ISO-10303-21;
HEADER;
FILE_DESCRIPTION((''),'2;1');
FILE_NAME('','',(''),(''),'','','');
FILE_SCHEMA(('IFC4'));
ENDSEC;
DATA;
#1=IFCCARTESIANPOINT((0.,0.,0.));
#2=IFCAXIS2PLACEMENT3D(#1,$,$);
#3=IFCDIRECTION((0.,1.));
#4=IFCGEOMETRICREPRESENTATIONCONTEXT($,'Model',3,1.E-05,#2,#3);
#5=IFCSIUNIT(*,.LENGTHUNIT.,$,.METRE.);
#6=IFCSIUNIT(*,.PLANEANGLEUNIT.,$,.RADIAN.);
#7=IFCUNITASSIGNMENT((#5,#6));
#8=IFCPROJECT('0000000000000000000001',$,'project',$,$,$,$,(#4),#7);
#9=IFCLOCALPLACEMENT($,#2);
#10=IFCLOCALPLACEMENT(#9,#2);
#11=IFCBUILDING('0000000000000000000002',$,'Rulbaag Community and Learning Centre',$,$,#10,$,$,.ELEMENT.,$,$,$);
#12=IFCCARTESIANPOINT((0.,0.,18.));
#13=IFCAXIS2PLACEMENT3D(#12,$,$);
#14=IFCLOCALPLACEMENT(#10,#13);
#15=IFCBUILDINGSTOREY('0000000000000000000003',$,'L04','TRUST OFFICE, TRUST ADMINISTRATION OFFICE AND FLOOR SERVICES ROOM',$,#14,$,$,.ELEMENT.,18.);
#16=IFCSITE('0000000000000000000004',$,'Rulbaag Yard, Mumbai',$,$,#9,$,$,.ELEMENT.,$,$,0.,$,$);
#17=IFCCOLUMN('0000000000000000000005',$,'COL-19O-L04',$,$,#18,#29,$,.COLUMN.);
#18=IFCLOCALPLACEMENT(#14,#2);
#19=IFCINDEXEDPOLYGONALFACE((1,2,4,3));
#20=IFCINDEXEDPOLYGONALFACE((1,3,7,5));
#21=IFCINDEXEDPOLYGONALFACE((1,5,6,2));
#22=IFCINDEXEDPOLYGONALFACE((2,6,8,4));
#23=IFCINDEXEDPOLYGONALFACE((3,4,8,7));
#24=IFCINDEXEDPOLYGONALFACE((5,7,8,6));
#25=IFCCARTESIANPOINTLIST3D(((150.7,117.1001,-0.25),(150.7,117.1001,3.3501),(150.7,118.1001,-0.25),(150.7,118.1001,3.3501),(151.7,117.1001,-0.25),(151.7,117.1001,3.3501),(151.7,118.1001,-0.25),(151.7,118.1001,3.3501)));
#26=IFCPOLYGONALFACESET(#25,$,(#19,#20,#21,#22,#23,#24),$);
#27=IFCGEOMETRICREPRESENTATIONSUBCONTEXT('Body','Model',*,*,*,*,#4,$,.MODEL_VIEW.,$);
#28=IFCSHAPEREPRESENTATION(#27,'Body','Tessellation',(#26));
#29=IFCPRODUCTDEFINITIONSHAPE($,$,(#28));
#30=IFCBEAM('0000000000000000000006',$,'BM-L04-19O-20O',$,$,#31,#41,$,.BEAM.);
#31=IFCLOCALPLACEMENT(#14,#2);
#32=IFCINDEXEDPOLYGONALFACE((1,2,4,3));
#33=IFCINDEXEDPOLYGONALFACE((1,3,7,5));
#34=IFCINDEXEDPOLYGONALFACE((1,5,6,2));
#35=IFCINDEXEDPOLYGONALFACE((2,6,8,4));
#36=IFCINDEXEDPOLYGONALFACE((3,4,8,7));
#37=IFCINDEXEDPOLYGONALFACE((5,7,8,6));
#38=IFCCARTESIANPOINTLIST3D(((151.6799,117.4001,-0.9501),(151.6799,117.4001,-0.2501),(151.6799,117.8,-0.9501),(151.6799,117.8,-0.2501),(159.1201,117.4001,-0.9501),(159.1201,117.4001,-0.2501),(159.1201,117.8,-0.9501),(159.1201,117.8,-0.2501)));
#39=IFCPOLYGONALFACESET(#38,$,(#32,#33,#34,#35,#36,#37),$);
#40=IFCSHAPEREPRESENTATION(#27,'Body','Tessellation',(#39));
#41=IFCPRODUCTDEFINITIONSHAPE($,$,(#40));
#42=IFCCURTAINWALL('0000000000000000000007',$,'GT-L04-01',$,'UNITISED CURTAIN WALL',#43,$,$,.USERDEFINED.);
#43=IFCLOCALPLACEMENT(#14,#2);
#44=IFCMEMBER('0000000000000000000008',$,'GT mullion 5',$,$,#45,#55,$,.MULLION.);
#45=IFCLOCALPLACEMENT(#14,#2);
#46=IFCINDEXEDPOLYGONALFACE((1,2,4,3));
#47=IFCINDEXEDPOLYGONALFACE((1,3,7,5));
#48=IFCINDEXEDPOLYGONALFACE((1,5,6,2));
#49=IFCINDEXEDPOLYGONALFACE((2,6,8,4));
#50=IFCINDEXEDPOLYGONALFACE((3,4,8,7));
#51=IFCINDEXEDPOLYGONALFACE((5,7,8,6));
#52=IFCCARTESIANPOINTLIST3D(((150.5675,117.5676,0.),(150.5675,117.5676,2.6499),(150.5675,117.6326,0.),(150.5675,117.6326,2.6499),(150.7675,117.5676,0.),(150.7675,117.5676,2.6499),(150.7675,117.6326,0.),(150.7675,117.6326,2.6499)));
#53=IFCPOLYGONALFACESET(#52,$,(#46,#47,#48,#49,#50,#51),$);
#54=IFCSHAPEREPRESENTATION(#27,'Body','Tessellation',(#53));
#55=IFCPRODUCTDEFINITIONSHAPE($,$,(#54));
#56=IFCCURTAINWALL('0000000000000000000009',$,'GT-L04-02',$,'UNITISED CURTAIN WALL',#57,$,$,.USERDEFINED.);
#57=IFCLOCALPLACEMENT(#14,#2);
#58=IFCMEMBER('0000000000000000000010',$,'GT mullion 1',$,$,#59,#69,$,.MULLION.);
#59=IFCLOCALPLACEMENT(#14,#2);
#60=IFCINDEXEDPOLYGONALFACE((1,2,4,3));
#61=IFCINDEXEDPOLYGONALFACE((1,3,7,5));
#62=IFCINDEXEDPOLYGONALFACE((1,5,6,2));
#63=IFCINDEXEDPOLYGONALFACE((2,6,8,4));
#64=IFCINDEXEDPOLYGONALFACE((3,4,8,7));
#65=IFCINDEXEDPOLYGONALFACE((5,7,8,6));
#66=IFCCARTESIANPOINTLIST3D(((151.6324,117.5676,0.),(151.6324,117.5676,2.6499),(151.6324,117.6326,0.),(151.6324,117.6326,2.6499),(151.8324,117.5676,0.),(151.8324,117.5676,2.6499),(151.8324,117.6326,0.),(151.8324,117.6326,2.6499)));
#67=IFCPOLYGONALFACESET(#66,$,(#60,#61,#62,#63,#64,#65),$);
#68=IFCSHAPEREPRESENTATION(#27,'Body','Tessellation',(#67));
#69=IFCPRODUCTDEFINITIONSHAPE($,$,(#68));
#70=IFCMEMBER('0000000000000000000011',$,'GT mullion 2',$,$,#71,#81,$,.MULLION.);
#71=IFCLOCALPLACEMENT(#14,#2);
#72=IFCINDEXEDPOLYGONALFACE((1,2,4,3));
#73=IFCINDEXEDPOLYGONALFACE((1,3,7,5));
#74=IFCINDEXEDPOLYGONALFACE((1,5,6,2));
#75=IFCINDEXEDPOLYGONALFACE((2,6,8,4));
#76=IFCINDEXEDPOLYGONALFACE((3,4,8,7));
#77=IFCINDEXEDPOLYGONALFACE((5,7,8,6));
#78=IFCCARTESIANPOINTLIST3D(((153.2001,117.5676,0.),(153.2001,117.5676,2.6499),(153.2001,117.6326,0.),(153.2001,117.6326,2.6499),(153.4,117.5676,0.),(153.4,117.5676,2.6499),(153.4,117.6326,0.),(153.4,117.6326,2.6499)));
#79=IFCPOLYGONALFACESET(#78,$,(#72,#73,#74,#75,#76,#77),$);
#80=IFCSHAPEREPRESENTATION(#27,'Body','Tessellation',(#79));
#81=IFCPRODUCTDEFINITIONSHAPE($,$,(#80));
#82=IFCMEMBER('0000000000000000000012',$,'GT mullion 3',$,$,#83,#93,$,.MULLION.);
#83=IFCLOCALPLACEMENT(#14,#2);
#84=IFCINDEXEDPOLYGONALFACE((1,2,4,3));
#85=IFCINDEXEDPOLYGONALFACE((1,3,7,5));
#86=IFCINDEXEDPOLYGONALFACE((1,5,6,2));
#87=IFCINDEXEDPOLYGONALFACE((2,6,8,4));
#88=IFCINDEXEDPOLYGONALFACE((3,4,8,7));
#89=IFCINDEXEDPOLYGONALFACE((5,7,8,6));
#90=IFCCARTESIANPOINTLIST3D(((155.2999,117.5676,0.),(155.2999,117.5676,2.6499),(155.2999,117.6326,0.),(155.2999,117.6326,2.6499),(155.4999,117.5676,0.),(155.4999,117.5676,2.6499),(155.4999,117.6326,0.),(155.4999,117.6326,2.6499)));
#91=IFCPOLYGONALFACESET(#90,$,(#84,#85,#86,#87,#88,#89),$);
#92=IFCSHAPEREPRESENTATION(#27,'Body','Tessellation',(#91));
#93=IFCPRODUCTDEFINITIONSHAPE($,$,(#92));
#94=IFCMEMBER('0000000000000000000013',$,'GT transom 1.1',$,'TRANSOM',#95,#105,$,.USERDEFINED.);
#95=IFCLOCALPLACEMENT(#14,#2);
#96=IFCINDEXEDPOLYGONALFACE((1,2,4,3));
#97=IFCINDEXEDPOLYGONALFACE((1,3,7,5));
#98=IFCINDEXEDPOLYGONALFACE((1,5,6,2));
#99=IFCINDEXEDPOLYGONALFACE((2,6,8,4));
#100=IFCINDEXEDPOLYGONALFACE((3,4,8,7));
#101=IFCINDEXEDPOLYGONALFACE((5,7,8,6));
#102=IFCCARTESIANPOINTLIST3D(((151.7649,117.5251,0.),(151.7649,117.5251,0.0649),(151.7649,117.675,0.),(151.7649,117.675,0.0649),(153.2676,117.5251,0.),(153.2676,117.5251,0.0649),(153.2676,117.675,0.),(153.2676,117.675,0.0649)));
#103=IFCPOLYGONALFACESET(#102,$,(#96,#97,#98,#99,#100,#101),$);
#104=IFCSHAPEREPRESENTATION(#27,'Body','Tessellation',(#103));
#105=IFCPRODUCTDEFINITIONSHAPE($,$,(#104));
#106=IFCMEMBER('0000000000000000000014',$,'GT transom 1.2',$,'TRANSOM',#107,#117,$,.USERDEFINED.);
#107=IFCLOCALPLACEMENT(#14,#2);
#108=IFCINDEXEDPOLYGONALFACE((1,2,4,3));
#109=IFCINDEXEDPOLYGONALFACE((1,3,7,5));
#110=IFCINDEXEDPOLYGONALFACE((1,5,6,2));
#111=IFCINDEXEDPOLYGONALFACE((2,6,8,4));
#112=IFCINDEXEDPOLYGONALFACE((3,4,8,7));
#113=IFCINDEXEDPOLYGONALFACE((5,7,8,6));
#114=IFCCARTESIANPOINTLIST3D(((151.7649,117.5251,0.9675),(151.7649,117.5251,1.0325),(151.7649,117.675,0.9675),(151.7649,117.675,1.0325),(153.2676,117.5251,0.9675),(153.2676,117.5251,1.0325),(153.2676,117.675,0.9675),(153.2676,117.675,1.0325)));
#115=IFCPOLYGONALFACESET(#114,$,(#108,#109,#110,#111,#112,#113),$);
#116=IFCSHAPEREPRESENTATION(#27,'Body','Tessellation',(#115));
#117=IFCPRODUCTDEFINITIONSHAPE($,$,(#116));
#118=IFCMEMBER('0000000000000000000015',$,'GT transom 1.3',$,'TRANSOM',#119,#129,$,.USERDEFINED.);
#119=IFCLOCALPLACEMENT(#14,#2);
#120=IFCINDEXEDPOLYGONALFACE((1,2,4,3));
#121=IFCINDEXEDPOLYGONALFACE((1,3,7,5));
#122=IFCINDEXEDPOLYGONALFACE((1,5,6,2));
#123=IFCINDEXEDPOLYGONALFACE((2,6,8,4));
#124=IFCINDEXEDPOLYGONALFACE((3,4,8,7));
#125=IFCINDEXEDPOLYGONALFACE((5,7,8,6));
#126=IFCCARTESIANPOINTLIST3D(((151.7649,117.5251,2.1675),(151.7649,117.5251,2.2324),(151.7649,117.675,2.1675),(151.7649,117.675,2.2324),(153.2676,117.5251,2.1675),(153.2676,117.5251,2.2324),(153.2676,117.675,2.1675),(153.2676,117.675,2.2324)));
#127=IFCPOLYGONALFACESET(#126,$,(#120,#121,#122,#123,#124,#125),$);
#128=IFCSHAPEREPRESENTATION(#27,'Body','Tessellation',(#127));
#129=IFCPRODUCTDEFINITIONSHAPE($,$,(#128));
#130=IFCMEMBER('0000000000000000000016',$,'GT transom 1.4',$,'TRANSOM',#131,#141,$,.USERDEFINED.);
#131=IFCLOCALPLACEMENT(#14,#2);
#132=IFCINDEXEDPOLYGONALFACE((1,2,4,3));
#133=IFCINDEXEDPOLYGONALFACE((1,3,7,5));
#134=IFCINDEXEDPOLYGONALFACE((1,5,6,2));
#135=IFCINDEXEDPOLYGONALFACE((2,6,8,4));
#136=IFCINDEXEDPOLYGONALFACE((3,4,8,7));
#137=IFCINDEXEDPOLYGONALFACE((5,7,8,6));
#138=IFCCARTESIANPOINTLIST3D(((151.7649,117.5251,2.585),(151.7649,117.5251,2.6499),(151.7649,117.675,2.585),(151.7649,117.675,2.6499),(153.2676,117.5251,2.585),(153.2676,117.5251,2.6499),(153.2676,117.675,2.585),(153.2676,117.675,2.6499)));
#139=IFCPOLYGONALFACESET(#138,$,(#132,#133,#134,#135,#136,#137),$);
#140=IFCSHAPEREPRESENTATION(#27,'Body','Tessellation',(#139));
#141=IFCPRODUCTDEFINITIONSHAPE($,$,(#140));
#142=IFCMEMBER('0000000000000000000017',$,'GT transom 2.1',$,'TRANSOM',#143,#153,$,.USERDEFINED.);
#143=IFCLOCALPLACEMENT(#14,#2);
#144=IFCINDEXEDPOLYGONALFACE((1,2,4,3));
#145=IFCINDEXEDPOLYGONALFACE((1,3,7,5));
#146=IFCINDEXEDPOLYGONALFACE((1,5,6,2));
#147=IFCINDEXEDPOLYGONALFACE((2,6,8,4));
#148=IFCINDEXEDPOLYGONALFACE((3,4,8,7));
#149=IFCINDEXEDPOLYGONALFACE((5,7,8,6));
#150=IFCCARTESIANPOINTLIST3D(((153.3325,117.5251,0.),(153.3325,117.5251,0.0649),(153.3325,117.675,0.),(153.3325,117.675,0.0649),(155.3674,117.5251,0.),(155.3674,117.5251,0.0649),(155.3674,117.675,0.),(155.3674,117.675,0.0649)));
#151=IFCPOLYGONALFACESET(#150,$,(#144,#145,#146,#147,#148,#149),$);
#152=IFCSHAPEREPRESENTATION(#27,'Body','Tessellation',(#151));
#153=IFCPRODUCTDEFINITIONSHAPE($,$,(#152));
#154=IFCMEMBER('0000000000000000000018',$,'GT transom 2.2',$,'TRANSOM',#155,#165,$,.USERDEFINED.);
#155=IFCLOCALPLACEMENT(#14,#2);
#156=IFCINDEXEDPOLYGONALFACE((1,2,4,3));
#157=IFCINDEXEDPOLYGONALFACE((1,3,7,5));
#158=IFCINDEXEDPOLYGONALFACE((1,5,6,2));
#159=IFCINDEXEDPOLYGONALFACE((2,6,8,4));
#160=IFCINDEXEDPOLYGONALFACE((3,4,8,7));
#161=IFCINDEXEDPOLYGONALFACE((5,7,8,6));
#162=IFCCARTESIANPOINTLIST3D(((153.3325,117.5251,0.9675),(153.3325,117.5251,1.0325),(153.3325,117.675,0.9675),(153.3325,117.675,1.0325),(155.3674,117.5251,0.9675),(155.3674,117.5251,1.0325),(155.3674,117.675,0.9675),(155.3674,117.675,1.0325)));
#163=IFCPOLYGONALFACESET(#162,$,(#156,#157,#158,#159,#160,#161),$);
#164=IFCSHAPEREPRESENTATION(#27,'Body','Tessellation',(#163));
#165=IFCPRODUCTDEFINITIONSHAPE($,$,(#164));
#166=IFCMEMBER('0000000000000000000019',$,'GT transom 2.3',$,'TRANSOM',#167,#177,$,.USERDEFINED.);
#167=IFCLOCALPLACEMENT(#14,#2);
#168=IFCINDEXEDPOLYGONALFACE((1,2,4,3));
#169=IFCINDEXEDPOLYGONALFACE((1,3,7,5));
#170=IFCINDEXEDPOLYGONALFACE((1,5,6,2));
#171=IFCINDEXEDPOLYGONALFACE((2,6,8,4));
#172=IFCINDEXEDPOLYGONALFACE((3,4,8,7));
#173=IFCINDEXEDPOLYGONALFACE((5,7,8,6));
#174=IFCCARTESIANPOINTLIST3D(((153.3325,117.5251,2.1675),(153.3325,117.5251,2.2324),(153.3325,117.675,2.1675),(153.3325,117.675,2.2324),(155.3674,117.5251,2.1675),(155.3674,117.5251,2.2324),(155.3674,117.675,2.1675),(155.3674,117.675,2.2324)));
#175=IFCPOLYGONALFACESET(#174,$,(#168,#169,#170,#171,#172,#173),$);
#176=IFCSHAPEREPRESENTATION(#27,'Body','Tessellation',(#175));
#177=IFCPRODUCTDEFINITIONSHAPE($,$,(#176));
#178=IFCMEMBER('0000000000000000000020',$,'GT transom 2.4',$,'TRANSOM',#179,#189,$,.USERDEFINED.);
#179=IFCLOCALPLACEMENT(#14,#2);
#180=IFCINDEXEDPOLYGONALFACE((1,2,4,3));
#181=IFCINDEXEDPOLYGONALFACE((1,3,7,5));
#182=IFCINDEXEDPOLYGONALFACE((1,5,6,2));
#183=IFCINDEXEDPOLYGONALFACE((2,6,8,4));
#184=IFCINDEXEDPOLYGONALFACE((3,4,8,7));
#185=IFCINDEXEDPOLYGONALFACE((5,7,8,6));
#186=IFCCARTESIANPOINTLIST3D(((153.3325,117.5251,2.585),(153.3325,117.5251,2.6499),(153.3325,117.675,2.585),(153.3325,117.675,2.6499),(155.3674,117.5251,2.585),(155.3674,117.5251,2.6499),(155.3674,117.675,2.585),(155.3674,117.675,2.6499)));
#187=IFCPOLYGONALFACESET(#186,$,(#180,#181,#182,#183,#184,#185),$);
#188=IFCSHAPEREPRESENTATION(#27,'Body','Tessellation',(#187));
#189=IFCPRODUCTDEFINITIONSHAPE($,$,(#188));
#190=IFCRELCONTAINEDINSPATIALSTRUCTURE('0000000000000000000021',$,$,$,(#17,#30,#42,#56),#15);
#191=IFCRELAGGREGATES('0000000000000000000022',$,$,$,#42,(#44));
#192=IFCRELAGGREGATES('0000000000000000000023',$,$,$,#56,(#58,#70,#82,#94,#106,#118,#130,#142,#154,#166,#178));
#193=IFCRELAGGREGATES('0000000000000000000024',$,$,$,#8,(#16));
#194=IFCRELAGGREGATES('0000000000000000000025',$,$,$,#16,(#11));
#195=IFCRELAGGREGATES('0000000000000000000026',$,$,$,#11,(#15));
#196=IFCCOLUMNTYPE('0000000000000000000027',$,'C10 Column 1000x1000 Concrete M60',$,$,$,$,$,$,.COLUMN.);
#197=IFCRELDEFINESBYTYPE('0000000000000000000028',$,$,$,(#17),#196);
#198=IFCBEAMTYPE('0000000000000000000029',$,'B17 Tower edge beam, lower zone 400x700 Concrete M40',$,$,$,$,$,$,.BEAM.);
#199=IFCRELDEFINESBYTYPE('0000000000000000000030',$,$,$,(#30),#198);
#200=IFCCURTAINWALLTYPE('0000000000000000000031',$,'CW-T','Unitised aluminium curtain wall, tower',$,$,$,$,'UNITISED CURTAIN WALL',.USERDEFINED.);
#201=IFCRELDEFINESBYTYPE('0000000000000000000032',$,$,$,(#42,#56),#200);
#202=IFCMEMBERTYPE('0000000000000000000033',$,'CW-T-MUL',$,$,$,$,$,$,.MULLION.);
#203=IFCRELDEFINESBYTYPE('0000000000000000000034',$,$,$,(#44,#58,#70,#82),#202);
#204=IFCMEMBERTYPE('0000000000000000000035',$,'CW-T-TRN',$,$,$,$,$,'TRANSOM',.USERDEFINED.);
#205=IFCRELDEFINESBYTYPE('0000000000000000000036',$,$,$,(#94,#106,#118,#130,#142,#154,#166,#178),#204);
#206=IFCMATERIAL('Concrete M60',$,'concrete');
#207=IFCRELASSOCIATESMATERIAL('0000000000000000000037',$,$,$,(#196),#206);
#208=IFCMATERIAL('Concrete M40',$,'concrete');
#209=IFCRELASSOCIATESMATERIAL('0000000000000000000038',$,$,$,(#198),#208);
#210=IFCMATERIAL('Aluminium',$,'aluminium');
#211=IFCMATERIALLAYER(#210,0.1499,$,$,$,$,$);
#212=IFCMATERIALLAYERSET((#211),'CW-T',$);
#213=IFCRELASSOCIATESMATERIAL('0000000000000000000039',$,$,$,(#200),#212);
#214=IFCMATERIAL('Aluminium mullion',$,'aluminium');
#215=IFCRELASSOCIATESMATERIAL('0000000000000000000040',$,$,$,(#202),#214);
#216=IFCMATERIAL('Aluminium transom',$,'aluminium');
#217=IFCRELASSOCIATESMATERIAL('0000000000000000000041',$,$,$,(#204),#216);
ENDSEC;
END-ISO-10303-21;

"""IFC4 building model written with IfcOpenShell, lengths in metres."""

from ifc_helpers import new_model, si_unit, direction, frame, origin, origin_2d, place, context, subcontext, project, spatial, rectangle, extrude, material, layer, layer_set, material_profile, profile_set, type_object, element, aggregate, save


model = new_model("IFC4")

# Units and contexts
model_context = context("Model", 3, precision=1e-05, world=origin(), true_north=direction((0.0, 1.0)))
body_context = subcontext(model_context, "Body", "Model", "MODEL_VIEW")
ifc_project = project(units=[si_unit("LENGTHUNIT", "METRE"), si_unit("PLANEANGLEUNIT", "RADIAN")], contexts=[model_context])

# Site, building, storey
site_placement = place(None, origin())
site = spatial("IfcSite", under=ifc_project, at=site_placement, Name="Rulbaag Yard, Mumbai", CompositionType="ELEMENT", RefElevation=0.0)
building_placement = place(site_placement, origin())
building = spatial("IfcBuilding", under=site, at=building_placement, Name="Rulbaag Community and Learning Centre", CompositionType="ELEMENT")
storey_placement = place(building_placement, frame((0.0, 0.0, 18.0)))
storey = spatial("IfcBuildingStorey", under=building, at=storey_placement, Name="L04", Description="TRUST OFFICE, TRUST ADMINISTRATION OFFICE AND FLOOR SERVICES ROOM", CompositionType="ELEMENT", Elevation=18.0)

# Column
ifc_material_1 = material(Name="Concrete M60", Category="concrete")
ifc_material_profile_1 = material_profile(ifc_material_1, rectangle(XDim=1.0, YDim=1.0, at=origin_2d()), Name="RC1000x1000")
ifc_profile_set_1 = profile_set([ifc_material_profile_1], Name="Concrete M60")
column_type = type_object("IfcColumnType", Name="C10 Column 1000x1000 Concrete M60", PredefinedType="COLUMN", material=ifc_profile_set_1)
column_placement = place(storey_placement, frame((151.2, 117.6001, -0.25), z_axis=(0.0, 0.0, 1.0), x_axis=(1.0, 0.0, 0.0)))
element("IfcColumn", 1, at=column_placement, inside=storey, type_object=column_type, Name="COL-19O-L04", PredefinedType="COLUMN", context=body_context, shape_type="SweptSolid", body=[
    extrude(rectangle(XDim=1.0, YDim=1.0, at=origin_2d()), origin(), (0.0, 0.0, 1.0), 3.6001),
])

# Beam
ifc_material_2 = material(Name="Concrete M40", Category="concrete")
ifc_material_profile_2 = material_profile(ifc_material_2, rectangle(XDim=0.3999, YDim=0.7, at=origin_2d()), Name="RB400x700")
ifc_profile_set_2 = profile_set([ifc_material_profile_2], Name="Concrete M40")
beam_type = type_object("IfcBeamType", Name="B17 Tower edge beam, lower zone 400x700 Concrete M40", PredefinedType="BEAM", material=ifc_profile_set_2)
beam_placement = place(storey_placement, frame((151.6799, 117.6001, -0.6001), z_axis=(1.0, 0.0, 0.0), x_axis=(0.0, 1.0, 0.0)))
element("IfcBeam", 2, at=beam_placement, inside=storey, type_object=beam_type, Name="BM-L04-19O-20O", PredefinedType="BEAM", context=body_context, shape_type="SweptSolid", body=[
    extrude(rectangle(XDim=0.3999, YDim=0.7, at=origin_2d()), origin(), (0.0, 0.0, 1.0), 7.4402),
])

# Curtain wall, member
ifc_material_3 = material(Name="Aluminium", Category="aluminium")
ifc_layer_1 = layer(ifc_material_3, 0.1499)
ifc_layer_set_1 = layer_set([ifc_layer_1], Name="CW-T")
curtain_wall_type = type_object("IfcCurtainWallType", Name="CW-T", Description="Unitised aluminium curtain wall, tower", ElementType="UNITISED CURTAIN WALL", PredefinedType="USERDEFINED", material=ifc_layer_set_1)
curtain_wall_1_placement = place(storey_placement, origin())
curtain_wall_1 = element("IfcCurtainWall", 3, at=curtain_wall_1_placement, inside=storey, type_object=curtain_wall_type, Name="GT-L04-01", ObjectType="UNITISED CURTAIN WALL", PredefinedType="USERDEFINED")
ifc_material_4 = material(Name="Aluminium mullion", Category="aluminium")
ifc_material_profile_3 = material_profile(ifc_material_4, rectangle(XDim=0.0649, YDim=0.2, at=origin_2d()), Name="AL 65x200")
ifc_profile_set_3 = profile_set([ifc_material_profile_3], Name="Aluminium mullion")
member_type_1 = type_object("IfcMemberType", Name="CW-T-MUL", PredefinedType="MULLION", material=ifc_profile_set_3)
member_1_placement = place(storey_placement, frame((150.6675, 117.6001, 0.0), z_axis=(0.0, 0.0, 1.0), x_axis=(0.0, 1.0, 0.0)))
member_1 = element("IfcMember", 4, at=member_1_placement, type_object=member_type_1, Name="GT mullion 5", PredefinedType="MULLION", context=body_context, shape_type="SweptSolid", body=[
    extrude(rectangle(XDim=0.0649, YDim=0.2, at=origin_2d()), origin(), (0.0, 0.0, 1.0), 2.6499),
])

# Curtain wall, members
curtain_wall_2_placement = place(storey_placement, origin())
curtain_wall_2 = element("IfcCurtainWall", 5, at=curtain_wall_2_placement, inside=storey, type_object=curtain_wall_type, Name="GT-L04-02", ObjectType="UNITISED CURTAIN WALL", PredefinedType="USERDEFINED")
member_2_placement = place(storey_placement, frame((151.7324, 117.6001, 0.0), z_axis=(0.0, 0.0, 1.0), x_axis=(0.0, 1.0, 0.0)))
member_2 = element("IfcMember", 6, at=member_2_placement, type_object=member_type_1, Name="GT mullion 1", PredefinedType="MULLION", context=body_context, shape_type="SweptSolid", body=[
    extrude(rectangle(XDim=0.0649, YDim=0.2, at=origin_2d()), origin(), (0.0, 0.0, 1.0), 2.6499),
])
member_3_placement = place(storey_placement, frame((153.3, 117.6001, 0.0), z_axis=(0.0, 0.0, 1.0), x_axis=(0.0, 1.0, 0.0)))
member_3 = element("IfcMember", 7, at=member_3_placement, type_object=member_type_1, Name="GT mullion 2", PredefinedType="MULLION", context=body_context, shape_type="SweptSolid", body=[
    extrude(rectangle(XDim=0.0649, YDim=0.2, at=origin_2d()), origin(), (0.0, 0.0, 1.0), 2.6499),
])
member_4_placement = place(storey_placement, frame((155.3999, 117.6001, 0.0), z_axis=(0.0, 0.0, 1.0), x_axis=(0.0, 1.0, 0.0)))
member_4 = element("IfcMember", 8, at=member_4_placement, type_object=member_type_1, Name="GT mullion 3", PredefinedType="MULLION", context=body_context, shape_type="SweptSolid", body=[
    extrude(rectangle(XDim=0.0649, YDim=0.2, at=origin_2d()), origin(), (0.0, 0.0, 1.0), 2.6499),
])
ifc_material_5 = material(Name="Aluminium transom", Category="aluminium")
ifc_material_profile_4 = material_profile(ifc_material_5, rectangle(XDim=0.1499, YDim=0.0649, at=origin_2d()), Name="AL 65x150 T")
ifc_profile_set_4 = profile_set([ifc_material_profile_4], Name="Aluminium transom")
member_type_2 = type_object("IfcMemberType", Name="CW-T-TRN", ElementType="TRANSOM", PredefinedType="USERDEFINED", material=ifc_profile_set_4)
member_5_placement = place(storey_placement, frame((151.7649, 117.6001, 0.0325), z_axis=(1.0, 0.0, 0.0), x_axis=(0.0, 1.0, 0.0)))
member_5 = element("IfcMember", 9, at=member_5_placement, type_object=member_type_2, Name="GT transom 1.1", ObjectType="TRANSOM", PredefinedType="USERDEFINED", context=body_context, shape_type="SweptSolid", body=[
    extrude(rectangle(XDim=0.1499, YDim=0.0649, at=origin_2d()), origin(), (0.0, 0.0, 1.0), 1.5027),
])
member_6_placement = place(storey_placement, frame((151.7649, 117.6001, 1.0), z_axis=(1.0, 0.0, 0.0), x_axis=(0.0, 1.0, 0.0)))
member_6 = element("IfcMember", 10, at=member_6_placement, type_object=member_type_2, Name="GT transom 1.2", ObjectType="TRANSOM", PredefinedType="USERDEFINED", context=body_context, shape_type="SweptSolid", body=[
    extrude(rectangle(XDim=0.1499, YDim=0.0649, at=origin_2d()), origin(), (0.0, 0.0, 1.0), 1.5027),
])
member_7_placement = place(storey_placement, frame((151.7649, 117.6001, 2.2), z_axis=(1.0, 0.0, 0.0), x_axis=(0.0, 1.0, 0.0)))
member_7 = element("IfcMember", 11, at=member_7_placement, type_object=member_type_2, Name="GT transom 1.3", ObjectType="TRANSOM", PredefinedType="USERDEFINED", context=body_context, shape_type="SweptSolid", body=[
    extrude(rectangle(XDim=0.1499, YDim=0.0649, at=origin_2d()), origin(), (0.0, 0.0, 1.0), 1.5027),
])
member_8_placement = place(storey_placement, frame((151.7649, 117.6001, 2.6174), z_axis=(1.0, 0.0, 0.0), x_axis=(0.0, 1.0, 0.0)))
member_8 = element("IfcMember", 12, at=member_8_placement, type_object=member_type_2, Name="GT transom 1.4", ObjectType="TRANSOM", PredefinedType="USERDEFINED", context=body_context, shape_type="SweptSolid", body=[
    extrude(rectangle(XDim=0.1499, YDim=0.0649, at=origin_2d()), origin(), (0.0, 0.0, 1.0), 1.5027),
])
member_9_placement = place(storey_placement, frame((153.3325, 117.6001, 0.0325), z_axis=(1.0, 0.0, 0.0), x_axis=(0.0, 1.0, 0.0)))
member_9 = element("IfcMember", 13, at=member_9_placement, type_object=member_type_2, Name="GT transom 2.1", ObjectType="TRANSOM", PredefinedType="USERDEFINED", context=body_context, shape_type="SweptSolid", body=[
    extrude(rectangle(XDim=0.1499, YDim=0.0649, at=origin_2d()), origin(), (0.0, 0.0, 1.0), 2.0349),
])
member_10_placement = place(storey_placement, frame((153.3325, 117.6001, 1.0), z_axis=(1.0, 0.0, 0.0), x_axis=(0.0, 1.0, 0.0)))
member_10 = element("IfcMember", 14, at=member_10_placement, type_object=member_type_2, Name="GT transom 2.2", ObjectType="TRANSOM", PredefinedType="USERDEFINED", context=body_context, shape_type="SweptSolid", body=[
    extrude(rectangle(XDim=0.1499, YDim=0.0649, at=origin_2d()), origin(), (0.0, 0.0, 1.0), 2.0349),
])
member_11_placement = place(storey_placement, frame((153.3325, 117.6001, 2.2), z_axis=(1.0, 0.0, 0.0), x_axis=(0.0, 1.0, 0.0)))
member_11 = element("IfcMember", 15, at=member_11_placement, type_object=member_type_2, Name="GT transom 2.3", ObjectType="TRANSOM", PredefinedType="USERDEFINED", context=body_context, shape_type="SweptSolid", body=[
    extrude(rectangle(XDim=0.1499, YDim=0.0649, at=origin_2d()), origin(), (0.0, 0.0, 1.0), 2.0349),
])
member_12_placement = place(storey_placement, frame((153.3325, 117.6001, 2.6174), z_axis=(1.0, 0.0, 0.0), x_axis=(0.0, 1.0, 0.0)))
member_12 = element("IfcMember", 16, at=member_12_placement, type_object=member_type_2, Name="GT transom 2.4", ObjectType="TRANSOM", PredefinedType="USERDEFINED", context=body_context, shape_type="SweptSolid", body=[
    extrude(rectangle(XDim=0.1499, YDim=0.0649, at=origin_2d()), origin(), (0.0, 0.0, 1.0), 2.0349),
])

aggregate(curtain_wall_1, [member_1])
aggregate(curtain_wall_2, [member_2, member_3, member_4, member_5, member_6, member_7, member_8, member_9, member_10, member_11, member_12])

save(model, "model.ifc")
